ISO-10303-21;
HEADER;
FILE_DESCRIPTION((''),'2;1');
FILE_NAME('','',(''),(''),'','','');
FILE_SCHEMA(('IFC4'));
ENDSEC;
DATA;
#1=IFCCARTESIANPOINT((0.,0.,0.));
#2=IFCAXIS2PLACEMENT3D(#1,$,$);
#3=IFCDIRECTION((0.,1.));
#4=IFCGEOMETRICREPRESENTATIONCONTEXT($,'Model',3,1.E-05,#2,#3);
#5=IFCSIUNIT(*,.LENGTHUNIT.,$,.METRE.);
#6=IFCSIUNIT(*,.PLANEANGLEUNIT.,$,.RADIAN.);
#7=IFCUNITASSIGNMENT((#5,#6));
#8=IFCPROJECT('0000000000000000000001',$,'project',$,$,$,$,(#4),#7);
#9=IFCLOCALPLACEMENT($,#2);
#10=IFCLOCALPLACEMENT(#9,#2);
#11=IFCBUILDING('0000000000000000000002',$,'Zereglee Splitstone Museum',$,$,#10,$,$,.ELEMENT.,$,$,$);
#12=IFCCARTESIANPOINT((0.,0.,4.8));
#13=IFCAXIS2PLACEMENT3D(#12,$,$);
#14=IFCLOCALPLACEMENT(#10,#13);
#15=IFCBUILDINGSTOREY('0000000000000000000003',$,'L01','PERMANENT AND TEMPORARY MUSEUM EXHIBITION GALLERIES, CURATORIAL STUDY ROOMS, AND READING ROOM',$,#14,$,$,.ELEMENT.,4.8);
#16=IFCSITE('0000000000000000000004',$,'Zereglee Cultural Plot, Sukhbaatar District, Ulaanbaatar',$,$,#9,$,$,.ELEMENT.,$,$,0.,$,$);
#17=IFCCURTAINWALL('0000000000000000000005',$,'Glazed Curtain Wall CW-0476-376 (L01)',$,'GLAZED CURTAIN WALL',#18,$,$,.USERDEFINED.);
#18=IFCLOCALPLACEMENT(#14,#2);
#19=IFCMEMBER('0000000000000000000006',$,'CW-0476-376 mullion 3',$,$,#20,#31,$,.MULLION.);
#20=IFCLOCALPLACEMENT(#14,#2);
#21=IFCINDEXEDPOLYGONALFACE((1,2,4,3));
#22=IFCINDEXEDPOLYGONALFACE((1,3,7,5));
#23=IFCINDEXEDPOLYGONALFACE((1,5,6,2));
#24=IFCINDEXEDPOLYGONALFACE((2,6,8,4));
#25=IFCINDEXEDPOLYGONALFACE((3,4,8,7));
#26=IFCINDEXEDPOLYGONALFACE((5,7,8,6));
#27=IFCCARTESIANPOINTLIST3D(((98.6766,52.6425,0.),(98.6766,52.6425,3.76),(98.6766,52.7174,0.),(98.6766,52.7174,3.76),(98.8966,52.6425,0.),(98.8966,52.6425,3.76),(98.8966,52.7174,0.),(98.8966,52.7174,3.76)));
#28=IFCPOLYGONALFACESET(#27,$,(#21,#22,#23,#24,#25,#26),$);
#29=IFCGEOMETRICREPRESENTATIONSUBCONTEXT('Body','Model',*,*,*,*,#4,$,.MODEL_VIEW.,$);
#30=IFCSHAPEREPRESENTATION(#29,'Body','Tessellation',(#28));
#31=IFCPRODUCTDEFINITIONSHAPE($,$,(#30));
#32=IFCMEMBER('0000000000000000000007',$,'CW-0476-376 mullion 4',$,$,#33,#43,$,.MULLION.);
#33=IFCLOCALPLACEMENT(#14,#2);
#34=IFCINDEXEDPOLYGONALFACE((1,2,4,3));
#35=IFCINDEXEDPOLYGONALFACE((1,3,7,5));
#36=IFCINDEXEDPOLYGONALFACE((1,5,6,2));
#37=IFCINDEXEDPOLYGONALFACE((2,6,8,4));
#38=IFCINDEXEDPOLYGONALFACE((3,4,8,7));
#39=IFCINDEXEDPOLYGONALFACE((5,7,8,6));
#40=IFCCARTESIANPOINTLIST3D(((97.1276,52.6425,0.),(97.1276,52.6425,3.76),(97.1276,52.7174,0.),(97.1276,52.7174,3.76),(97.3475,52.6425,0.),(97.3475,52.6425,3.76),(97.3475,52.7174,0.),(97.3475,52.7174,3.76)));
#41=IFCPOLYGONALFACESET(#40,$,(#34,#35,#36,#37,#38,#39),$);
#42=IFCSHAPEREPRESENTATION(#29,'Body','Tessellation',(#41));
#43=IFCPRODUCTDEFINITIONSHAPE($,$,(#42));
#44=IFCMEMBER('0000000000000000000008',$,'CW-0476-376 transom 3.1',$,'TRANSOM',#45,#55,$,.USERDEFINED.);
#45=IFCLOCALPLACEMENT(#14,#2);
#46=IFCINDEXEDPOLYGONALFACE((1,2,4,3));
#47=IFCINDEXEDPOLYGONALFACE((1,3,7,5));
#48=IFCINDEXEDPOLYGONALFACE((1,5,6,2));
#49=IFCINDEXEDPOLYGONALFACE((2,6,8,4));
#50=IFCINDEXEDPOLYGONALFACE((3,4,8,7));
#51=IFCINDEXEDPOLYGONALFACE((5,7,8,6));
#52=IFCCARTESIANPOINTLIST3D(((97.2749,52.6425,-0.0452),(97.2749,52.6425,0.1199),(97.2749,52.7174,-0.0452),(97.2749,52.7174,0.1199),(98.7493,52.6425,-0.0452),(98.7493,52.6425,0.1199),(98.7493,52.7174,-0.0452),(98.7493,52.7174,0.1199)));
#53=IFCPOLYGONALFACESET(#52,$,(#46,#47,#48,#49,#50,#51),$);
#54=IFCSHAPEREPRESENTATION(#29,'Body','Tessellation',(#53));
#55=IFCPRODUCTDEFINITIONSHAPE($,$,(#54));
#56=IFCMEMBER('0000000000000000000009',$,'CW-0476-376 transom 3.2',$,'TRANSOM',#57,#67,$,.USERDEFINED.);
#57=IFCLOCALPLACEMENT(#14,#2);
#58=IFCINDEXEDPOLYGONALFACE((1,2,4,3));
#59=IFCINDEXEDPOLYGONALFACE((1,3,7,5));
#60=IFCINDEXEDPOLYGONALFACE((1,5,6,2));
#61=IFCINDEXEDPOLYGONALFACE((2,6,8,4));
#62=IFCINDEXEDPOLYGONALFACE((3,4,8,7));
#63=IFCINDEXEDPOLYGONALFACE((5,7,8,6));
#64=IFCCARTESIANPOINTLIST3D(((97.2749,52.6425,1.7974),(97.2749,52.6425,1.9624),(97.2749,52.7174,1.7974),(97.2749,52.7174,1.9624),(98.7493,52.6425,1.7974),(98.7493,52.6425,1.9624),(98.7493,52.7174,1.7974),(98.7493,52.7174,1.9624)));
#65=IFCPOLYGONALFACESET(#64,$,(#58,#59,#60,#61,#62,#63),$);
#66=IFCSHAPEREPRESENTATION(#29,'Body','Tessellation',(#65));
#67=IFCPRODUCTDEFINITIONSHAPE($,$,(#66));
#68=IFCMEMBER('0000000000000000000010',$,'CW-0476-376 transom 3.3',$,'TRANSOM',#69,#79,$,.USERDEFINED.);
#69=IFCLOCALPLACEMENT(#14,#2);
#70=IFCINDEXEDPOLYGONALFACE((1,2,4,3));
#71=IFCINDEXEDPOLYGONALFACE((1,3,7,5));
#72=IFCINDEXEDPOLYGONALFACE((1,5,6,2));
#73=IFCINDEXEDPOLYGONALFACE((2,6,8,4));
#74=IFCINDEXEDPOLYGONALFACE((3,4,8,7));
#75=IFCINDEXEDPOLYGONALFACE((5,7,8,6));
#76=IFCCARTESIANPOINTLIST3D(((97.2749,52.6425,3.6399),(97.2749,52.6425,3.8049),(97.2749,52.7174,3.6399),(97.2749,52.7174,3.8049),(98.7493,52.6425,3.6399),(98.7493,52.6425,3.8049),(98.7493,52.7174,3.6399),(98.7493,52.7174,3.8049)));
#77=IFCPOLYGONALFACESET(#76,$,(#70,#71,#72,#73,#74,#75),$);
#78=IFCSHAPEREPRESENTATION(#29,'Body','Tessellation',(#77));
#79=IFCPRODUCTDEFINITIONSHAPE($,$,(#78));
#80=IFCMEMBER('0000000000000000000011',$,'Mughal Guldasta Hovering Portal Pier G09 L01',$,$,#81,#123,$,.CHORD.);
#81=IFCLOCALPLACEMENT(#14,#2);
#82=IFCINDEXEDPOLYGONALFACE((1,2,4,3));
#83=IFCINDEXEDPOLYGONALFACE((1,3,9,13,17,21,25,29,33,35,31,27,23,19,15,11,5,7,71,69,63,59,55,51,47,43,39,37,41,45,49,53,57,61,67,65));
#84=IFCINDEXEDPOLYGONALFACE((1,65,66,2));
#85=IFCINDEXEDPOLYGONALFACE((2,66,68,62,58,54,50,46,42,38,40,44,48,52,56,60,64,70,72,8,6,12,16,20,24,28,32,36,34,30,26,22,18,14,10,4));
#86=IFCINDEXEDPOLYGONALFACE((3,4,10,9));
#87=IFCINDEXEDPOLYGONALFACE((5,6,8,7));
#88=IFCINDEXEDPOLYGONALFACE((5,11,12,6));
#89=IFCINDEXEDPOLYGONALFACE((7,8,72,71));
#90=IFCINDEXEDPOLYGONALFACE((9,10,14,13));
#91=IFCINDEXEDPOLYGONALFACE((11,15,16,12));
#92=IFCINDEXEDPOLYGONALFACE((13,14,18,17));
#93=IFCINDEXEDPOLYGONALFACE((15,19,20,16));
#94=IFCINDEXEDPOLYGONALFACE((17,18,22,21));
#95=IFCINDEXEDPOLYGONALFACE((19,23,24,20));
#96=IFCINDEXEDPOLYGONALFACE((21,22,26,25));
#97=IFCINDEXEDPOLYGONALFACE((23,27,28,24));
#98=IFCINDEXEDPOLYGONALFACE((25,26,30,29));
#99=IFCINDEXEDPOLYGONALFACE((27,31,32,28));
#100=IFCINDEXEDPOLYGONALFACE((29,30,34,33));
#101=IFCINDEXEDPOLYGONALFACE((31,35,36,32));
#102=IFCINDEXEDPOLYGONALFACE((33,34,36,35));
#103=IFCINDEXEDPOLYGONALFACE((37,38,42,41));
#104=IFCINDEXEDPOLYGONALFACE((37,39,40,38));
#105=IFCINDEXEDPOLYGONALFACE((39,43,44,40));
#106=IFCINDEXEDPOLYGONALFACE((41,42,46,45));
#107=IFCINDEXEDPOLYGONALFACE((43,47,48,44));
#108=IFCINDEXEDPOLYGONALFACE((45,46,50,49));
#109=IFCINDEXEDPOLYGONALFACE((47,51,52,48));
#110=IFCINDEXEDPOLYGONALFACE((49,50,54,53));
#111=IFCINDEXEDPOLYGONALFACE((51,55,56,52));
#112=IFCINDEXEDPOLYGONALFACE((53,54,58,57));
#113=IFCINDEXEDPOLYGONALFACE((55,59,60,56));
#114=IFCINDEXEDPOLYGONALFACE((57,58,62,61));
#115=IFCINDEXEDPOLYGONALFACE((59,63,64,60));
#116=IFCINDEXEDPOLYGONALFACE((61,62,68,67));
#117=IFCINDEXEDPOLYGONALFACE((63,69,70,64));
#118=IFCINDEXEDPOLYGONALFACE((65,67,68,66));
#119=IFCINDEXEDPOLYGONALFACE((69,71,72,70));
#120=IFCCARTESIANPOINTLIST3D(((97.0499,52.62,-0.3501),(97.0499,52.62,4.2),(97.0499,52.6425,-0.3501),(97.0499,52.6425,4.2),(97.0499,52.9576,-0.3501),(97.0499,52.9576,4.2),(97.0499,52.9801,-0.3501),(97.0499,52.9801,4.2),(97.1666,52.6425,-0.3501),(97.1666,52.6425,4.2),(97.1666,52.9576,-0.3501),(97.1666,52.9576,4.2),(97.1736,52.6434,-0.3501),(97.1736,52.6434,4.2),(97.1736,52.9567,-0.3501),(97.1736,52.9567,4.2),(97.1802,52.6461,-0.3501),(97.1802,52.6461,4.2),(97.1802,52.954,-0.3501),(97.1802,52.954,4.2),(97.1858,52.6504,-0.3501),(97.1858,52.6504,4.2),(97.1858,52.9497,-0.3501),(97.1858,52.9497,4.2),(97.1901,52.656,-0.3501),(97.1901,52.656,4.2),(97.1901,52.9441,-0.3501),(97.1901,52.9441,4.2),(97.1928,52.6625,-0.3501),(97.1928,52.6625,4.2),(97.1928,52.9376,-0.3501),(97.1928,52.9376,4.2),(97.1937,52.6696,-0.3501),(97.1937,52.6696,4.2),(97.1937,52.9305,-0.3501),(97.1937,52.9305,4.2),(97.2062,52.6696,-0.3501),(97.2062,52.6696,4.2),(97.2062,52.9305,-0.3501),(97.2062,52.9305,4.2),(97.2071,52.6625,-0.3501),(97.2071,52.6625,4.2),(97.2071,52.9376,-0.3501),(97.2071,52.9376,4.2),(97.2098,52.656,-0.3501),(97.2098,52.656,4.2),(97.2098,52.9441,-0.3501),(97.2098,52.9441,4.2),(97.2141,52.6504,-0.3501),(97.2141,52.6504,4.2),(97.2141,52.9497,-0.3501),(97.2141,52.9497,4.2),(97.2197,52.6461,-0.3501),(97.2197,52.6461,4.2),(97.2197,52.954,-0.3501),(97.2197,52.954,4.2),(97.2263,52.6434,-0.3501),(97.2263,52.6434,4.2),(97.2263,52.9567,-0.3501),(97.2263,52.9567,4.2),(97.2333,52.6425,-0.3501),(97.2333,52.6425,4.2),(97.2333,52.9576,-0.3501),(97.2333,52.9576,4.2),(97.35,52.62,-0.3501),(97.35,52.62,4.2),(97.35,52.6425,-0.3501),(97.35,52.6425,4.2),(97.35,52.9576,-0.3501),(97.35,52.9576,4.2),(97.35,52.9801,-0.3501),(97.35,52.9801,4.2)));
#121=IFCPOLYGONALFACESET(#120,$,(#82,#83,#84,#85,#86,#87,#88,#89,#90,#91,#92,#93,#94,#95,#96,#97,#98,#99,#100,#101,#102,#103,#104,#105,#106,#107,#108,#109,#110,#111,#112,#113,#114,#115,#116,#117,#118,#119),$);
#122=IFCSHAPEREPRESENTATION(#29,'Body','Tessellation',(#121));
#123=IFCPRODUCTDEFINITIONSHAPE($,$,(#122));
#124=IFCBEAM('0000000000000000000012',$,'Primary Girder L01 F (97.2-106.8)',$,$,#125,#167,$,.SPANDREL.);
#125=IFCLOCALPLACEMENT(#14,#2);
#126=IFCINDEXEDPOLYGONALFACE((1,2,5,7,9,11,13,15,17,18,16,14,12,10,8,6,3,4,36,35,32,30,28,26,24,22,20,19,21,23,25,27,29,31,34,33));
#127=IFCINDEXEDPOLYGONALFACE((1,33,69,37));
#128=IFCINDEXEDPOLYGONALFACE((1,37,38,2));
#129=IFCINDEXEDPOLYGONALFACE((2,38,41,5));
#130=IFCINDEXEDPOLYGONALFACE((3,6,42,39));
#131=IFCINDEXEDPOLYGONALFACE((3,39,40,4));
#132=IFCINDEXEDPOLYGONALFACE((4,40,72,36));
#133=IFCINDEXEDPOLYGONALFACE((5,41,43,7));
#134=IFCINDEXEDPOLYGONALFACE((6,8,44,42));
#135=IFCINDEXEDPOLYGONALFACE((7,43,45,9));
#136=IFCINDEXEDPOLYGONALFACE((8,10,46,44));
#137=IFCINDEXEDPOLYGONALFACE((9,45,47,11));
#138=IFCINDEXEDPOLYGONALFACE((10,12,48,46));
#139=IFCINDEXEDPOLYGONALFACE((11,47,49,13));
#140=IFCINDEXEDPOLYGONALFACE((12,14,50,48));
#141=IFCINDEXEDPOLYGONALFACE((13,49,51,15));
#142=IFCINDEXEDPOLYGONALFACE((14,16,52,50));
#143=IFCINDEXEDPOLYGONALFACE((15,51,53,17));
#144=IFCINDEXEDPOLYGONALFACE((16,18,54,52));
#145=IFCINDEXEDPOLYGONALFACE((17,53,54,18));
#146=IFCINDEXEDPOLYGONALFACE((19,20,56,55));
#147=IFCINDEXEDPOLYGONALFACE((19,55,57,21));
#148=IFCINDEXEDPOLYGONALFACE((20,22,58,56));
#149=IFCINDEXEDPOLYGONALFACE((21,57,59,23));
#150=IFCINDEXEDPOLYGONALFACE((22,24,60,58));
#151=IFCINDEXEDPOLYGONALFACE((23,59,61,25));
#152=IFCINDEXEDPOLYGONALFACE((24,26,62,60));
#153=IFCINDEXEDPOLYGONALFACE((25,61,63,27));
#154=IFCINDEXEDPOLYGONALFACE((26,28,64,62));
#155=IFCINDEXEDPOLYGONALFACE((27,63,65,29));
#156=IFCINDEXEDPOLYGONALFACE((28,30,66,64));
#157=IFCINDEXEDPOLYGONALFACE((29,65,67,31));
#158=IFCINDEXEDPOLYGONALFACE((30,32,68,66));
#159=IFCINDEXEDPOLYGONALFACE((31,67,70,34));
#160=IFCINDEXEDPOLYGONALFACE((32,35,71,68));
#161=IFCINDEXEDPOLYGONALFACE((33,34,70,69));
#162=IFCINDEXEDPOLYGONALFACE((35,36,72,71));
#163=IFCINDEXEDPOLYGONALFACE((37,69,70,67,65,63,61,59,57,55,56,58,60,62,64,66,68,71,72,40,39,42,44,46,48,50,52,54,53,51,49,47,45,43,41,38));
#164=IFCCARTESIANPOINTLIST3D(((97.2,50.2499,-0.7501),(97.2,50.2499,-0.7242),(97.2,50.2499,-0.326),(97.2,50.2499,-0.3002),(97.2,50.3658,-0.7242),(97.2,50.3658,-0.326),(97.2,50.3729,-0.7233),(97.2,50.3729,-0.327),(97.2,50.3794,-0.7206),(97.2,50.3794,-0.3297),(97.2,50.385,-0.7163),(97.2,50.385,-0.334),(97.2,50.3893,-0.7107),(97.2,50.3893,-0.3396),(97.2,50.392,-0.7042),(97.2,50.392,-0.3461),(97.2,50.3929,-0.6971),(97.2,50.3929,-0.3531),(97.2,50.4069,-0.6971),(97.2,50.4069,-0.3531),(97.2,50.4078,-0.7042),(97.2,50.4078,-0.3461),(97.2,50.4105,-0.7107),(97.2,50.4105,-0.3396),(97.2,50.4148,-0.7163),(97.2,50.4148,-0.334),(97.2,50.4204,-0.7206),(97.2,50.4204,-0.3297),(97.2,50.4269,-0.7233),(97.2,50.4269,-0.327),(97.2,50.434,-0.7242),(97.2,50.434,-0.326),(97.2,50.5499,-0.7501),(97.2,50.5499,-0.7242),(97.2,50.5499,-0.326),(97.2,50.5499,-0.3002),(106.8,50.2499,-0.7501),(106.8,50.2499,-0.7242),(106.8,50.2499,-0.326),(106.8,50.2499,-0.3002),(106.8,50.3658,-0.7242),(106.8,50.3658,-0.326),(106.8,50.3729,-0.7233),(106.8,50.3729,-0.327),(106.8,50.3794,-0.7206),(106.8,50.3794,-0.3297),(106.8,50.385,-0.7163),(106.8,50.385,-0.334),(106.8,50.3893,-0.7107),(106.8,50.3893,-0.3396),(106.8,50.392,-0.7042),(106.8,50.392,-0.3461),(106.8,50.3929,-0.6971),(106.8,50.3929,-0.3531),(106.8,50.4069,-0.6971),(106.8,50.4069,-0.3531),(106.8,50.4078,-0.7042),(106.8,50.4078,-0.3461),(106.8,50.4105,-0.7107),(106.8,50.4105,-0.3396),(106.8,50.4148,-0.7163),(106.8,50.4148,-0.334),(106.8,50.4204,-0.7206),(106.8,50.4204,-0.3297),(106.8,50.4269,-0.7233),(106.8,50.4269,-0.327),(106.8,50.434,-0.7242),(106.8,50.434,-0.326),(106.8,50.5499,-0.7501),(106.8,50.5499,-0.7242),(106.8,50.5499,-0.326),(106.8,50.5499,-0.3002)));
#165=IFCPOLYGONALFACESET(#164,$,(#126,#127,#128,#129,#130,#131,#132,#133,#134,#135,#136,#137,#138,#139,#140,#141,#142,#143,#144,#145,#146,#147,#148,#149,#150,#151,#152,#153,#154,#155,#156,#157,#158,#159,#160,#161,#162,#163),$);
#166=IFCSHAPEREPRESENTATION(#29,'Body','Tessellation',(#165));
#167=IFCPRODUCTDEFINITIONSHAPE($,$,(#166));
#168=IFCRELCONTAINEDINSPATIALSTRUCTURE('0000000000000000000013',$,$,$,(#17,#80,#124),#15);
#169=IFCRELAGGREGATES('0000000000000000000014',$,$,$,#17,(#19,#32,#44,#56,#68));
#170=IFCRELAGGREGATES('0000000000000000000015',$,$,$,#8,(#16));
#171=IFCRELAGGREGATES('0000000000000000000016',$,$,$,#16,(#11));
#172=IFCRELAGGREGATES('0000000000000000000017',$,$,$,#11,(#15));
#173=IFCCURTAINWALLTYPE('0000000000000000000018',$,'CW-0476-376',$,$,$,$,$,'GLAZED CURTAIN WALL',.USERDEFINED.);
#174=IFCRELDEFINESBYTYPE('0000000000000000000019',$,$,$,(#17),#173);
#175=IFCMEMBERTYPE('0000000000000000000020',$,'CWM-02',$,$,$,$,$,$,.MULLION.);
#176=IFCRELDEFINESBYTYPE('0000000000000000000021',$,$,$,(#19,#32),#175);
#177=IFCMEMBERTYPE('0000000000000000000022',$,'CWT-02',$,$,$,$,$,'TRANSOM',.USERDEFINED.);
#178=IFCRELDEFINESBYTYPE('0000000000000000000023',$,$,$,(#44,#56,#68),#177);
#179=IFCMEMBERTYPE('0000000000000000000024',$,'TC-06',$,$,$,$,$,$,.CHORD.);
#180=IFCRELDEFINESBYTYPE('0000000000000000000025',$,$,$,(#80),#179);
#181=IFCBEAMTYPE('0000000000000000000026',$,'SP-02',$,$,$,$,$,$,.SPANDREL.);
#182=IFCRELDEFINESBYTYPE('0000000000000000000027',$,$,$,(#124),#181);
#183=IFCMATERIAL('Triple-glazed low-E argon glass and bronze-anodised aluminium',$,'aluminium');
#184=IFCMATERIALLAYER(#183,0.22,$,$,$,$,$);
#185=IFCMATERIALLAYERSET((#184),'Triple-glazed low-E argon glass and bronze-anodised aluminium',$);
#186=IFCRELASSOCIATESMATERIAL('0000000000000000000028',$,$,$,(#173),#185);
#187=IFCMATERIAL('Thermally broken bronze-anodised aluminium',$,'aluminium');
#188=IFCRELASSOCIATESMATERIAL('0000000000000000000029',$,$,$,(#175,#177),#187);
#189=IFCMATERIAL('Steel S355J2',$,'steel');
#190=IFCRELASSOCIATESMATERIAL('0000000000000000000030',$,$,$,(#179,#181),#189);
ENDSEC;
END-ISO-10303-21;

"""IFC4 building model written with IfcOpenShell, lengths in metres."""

from ifc_helpers import new_model, si_unit, direction, frame, origin, origin_2d, place, context, subcontext, project, spatial, rectangle, i_section, extrude, material, layer, layer_set, material_profile, profile_set, type_object, element, aggregate, save


model = new_model("IFC4")

# Units and contexts
model_context = context("Model", 3, precision=1e-05, world=origin(), true_north=direction((0.0, 1.0)))
body_context = subcontext(model_context, "Body", "Model", "MODEL_VIEW")
ifc_project = project(units=[si_unit("LENGTHUNIT", "METRE"), si_unit("PLANEANGLEUNIT", "RADIAN")], contexts=[model_context])

# Site, building, storey
site_placement = place(None, origin())
site = spatial("IfcSite", under=ifc_project, at=site_placement, Name="Zereglee Cultural Plot, Sukhbaatar District, Ulaanbaatar", CompositionType="ELEMENT", RefElevation=0.0)
building_placement = place(site_placement, origin())
building = spatial("IfcBuilding", under=site, at=building_placement, Name="Zereglee Splitstone Museum", CompositionType="ELEMENT")
storey_placement = place(building_placement, frame((0.0, 0.0, 4.8)))
storey = spatial("IfcBuildingStorey", under=building, at=storey_placement, Name="L01", Description="PERMANENT AND TEMPORARY MUSEUM EXHIBITION GALLERIES, CURATORIAL STUDY ROOMS, AND READING ROOM", CompositionType="ELEMENT", Elevation=4.8)

# Curtain wall, members
ifc_material_1 = material(Name="Triple-glazed low-E argon glass and bronze-anodised aluminium", Category="aluminium")
ifc_layer_1 = layer(ifc_material_1, 0.22)
ifc_layer_set_1 = layer_set([ifc_layer_1], Name="Triple-glazed low-E argon glass and bronze-anodised aluminium")
curtain_wall_type = type_object("IfcCurtainWallType", Name="CW-0476-376", ElementType="GLAZED CURTAIN WALL", PredefinedType="USERDEFINED", material=ifc_layer_set_1)
curtain_wall_placement = place(storey_placement, origin())
curtain_wall = element("IfcCurtainWall", 1, at=curtain_wall_placement, inside=storey, type_object=curtain_wall_type, Name="Glazed Curtain Wall CW-0476-376 (L01)", ObjectType="GLAZED CURTAIN WALL", PredefinedType="USERDEFINED")
ifc_material_2 = material(Name="Thermally broken bronze-anodised aluminium", Category="aluminium")
ifc_material_profile_1 = material_profile(ifc_material_2, rectangle(XDim=0.075, YDim=0.22, at=origin_2d()), Name="CW MULL 75x220")
ifc_profile_set_1 = profile_set([ifc_material_profile_1], Name="Thermally broken bronze-anodised aluminium")
member_type_1 = type_object("IfcMemberType", Name="CWM-02", PredefinedType="MULLION", material=ifc_profile_set_1)
member_1_placement = place(storey_placement, frame((98.7866, 52.6799, 0.0), z_axis=(0.0, 0.0, 1.0), x_axis=(0.0, -1.0, 0.0)))
member_1 = element("IfcMember", 2, at=member_1_placement, type_object=member_type_1, Name="CW-0476-376 mullion 3", PredefinedType="MULLION", context=body_context, shape_type="SweptSolid", body=[
    extrude(rectangle(XDim=0.075, YDim=0.22, at=origin_2d()), origin(), (0.0, 0.0, 1.0), 3.76),
])
member_2_placement = place(storey_placement, frame((97.2375, 52.6799, 0.0), z_axis=(0.0, 0.0, 1.0), x_axis=(0.0, -1.0, 0.0)))
member_2 = element("IfcMember", 3, at=member_2_placement, type_object=member_type_1, Name="CW-0476-376 mullion 4", PredefinedType="MULLION", context=body_context, shape_type="SweptSolid", body=[
    extrude(rectangle(XDim=0.075, YDim=0.22, at=origin_2d()), origin(), (0.0, 0.0, 1.0), 3.76),
])
ifc_material_profile_2 = material_profile(ifc_material_2, rectangle(XDim=0.075, YDim=0.165, at=origin_2d()), Name="CW TRAN 75x165")
ifc_profile_set_2 = profile_set([ifc_material_profile_2], Name="Thermally broken bronze-anodised aluminium")
member_type_2 = type_object("IfcMemberType", Name="CWT-02", ElementType="TRANSOM", PredefinedType="USERDEFINED", material=ifc_profile_set_2)
member_3_placement = place(storey_placement, frame((98.7493, 52.6799, 0.0374), z_axis=(-1.0, 0.0, 0.0), x_axis=(0.0, -1.0, 0.0)))
member_3 = element("IfcMember", 4, at=member_3_placement, type_object=member_type_2, Name="CW-0476-376 transom 3.1", ObjectType="TRANSOM", PredefinedType="USERDEFINED", context=body_context, shape_type="SweptSolid", body=[
    extrude(rectangle(XDim=0.075, YDim=0.165, at=origin_2d()), origin(), (0.0, 0.0, 1.0), 1.4744),
])
member_4_placement = place(storey_placement, frame((98.7493, 52.6799, 1.8799), z_axis=(-1.0, 0.0, 0.0), x_axis=(0.0, -1.0, 0.0)))
member_4 = element("IfcMember", 5, at=member_4_placement, type_object=member_type_2, Name="CW-0476-376 transom 3.2", ObjectType="TRANSOM", PredefinedType="USERDEFINED", context=body_context, shape_type="SweptSolid", body=[
    extrude(rectangle(XDim=0.075, YDim=0.165, at=origin_2d()), origin(), (0.0, 0.0, 1.0), 1.4744),
])
member_5_placement = place(storey_placement, frame((98.7493, 52.6799, 3.7224), z_axis=(-1.0, 0.0, 0.0), x_axis=(0.0, -1.0, 0.0)))
member_5 = element("IfcMember", 6, at=member_5_placement, type_object=member_type_2, Name="CW-0476-376 transom 3.3", ObjectType="TRANSOM", PredefinedType="USERDEFINED", context=body_context, shape_type="SweptSolid", body=[
    extrude(rectangle(XDim=0.075, YDim=0.165, at=origin_2d()), origin(), (0.0, 0.0, 1.0), 1.4744),
])

# Member
ifc_material_3 = material(Name="Steel S355J2", Category="steel")
ifc_material_profile_3 = material_profile(ifc_material_3, i_section(OverallWidth=0.3, OverallDepth=0.3601, WebThickness=0.0125, FlangeThickness=0.0225, FilletRadius=0.0271, at=origin_2d()), Name="HE 360 B")
ifc_profile_set_3 = profile_set([ifc_material_profile_3], Name="Steel S355J2")
member_type_3 = type_object("IfcMemberType", Name="TC-06", PredefinedType="CHORD", material=ifc_profile_set_3)
member_6_placement = place(storey_placement, frame((97.2, 52.8, -0.3501), z_axis=(0.0, 0.0, 1.0), x_axis=(1.0, 0.0, 0.0)))
element("IfcMember", 7, at=member_6_placement, inside=storey, type_object=member_type_3, Name="Mughal Guldasta Hovering Portal Pier G09 L01", PredefinedType="CHORD", context=body_context, shape_type="SweptSolid", body=[
    extrude(i_section(OverallWidth=0.3, OverallDepth=0.3601, WebThickness=0.0125, FlangeThickness=0.0225, FilletRadius=0.0271, at=origin_2d()), origin(), (0.0, 0.0, 1.0), 4.55),
])

# Beam
ifc_material_profile_4 = material_profile(ifc_material_3, i_section(OverallWidth=0.3, OverallDepth=0.45, WebThickness=0.0139, FlangeThickness=0.0259, FilletRadius=0.0271, at=origin_2d()), Name="HE 450 B")
ifc_profile_set_4 = profile_set([ifc_material_profile_4], Name="Steel S355J2")
beam_type = type_object("IfcBeamType", Name="SP-02", PredefinedType="SPANDREL", material=ifc_profile_set_4)
beam_1_placement = place(storey_placement, frame((97.2, 50.3999, -0.5251), z_axis=(1.0, 0.0, 0.0), x_axis=(0.0, 1.0, 0.0)))
element("IfcBeam", 8, at=beam_1_placement, inside=storey, type_object=beam_type, Name="Primary Girder L01 F (97.2-106.8)", PredefinedType="SPANDREL", context=body_context, shape_type="SweptSolid", body=[
    extrude(i_section(OverallWidth=0.3, OverallDepth=0.45, WebThickness=0.0139, FlangeThickness=0.0259, FilletRadius=0.0271, at=origin_2d()), origin(), (0.0, 0.0, 1.0), 9.6001),
])

aggregate(curtain_wall, [member_1, member_2, member_3, member_4, member_5])

save(model, "model.ifc")
